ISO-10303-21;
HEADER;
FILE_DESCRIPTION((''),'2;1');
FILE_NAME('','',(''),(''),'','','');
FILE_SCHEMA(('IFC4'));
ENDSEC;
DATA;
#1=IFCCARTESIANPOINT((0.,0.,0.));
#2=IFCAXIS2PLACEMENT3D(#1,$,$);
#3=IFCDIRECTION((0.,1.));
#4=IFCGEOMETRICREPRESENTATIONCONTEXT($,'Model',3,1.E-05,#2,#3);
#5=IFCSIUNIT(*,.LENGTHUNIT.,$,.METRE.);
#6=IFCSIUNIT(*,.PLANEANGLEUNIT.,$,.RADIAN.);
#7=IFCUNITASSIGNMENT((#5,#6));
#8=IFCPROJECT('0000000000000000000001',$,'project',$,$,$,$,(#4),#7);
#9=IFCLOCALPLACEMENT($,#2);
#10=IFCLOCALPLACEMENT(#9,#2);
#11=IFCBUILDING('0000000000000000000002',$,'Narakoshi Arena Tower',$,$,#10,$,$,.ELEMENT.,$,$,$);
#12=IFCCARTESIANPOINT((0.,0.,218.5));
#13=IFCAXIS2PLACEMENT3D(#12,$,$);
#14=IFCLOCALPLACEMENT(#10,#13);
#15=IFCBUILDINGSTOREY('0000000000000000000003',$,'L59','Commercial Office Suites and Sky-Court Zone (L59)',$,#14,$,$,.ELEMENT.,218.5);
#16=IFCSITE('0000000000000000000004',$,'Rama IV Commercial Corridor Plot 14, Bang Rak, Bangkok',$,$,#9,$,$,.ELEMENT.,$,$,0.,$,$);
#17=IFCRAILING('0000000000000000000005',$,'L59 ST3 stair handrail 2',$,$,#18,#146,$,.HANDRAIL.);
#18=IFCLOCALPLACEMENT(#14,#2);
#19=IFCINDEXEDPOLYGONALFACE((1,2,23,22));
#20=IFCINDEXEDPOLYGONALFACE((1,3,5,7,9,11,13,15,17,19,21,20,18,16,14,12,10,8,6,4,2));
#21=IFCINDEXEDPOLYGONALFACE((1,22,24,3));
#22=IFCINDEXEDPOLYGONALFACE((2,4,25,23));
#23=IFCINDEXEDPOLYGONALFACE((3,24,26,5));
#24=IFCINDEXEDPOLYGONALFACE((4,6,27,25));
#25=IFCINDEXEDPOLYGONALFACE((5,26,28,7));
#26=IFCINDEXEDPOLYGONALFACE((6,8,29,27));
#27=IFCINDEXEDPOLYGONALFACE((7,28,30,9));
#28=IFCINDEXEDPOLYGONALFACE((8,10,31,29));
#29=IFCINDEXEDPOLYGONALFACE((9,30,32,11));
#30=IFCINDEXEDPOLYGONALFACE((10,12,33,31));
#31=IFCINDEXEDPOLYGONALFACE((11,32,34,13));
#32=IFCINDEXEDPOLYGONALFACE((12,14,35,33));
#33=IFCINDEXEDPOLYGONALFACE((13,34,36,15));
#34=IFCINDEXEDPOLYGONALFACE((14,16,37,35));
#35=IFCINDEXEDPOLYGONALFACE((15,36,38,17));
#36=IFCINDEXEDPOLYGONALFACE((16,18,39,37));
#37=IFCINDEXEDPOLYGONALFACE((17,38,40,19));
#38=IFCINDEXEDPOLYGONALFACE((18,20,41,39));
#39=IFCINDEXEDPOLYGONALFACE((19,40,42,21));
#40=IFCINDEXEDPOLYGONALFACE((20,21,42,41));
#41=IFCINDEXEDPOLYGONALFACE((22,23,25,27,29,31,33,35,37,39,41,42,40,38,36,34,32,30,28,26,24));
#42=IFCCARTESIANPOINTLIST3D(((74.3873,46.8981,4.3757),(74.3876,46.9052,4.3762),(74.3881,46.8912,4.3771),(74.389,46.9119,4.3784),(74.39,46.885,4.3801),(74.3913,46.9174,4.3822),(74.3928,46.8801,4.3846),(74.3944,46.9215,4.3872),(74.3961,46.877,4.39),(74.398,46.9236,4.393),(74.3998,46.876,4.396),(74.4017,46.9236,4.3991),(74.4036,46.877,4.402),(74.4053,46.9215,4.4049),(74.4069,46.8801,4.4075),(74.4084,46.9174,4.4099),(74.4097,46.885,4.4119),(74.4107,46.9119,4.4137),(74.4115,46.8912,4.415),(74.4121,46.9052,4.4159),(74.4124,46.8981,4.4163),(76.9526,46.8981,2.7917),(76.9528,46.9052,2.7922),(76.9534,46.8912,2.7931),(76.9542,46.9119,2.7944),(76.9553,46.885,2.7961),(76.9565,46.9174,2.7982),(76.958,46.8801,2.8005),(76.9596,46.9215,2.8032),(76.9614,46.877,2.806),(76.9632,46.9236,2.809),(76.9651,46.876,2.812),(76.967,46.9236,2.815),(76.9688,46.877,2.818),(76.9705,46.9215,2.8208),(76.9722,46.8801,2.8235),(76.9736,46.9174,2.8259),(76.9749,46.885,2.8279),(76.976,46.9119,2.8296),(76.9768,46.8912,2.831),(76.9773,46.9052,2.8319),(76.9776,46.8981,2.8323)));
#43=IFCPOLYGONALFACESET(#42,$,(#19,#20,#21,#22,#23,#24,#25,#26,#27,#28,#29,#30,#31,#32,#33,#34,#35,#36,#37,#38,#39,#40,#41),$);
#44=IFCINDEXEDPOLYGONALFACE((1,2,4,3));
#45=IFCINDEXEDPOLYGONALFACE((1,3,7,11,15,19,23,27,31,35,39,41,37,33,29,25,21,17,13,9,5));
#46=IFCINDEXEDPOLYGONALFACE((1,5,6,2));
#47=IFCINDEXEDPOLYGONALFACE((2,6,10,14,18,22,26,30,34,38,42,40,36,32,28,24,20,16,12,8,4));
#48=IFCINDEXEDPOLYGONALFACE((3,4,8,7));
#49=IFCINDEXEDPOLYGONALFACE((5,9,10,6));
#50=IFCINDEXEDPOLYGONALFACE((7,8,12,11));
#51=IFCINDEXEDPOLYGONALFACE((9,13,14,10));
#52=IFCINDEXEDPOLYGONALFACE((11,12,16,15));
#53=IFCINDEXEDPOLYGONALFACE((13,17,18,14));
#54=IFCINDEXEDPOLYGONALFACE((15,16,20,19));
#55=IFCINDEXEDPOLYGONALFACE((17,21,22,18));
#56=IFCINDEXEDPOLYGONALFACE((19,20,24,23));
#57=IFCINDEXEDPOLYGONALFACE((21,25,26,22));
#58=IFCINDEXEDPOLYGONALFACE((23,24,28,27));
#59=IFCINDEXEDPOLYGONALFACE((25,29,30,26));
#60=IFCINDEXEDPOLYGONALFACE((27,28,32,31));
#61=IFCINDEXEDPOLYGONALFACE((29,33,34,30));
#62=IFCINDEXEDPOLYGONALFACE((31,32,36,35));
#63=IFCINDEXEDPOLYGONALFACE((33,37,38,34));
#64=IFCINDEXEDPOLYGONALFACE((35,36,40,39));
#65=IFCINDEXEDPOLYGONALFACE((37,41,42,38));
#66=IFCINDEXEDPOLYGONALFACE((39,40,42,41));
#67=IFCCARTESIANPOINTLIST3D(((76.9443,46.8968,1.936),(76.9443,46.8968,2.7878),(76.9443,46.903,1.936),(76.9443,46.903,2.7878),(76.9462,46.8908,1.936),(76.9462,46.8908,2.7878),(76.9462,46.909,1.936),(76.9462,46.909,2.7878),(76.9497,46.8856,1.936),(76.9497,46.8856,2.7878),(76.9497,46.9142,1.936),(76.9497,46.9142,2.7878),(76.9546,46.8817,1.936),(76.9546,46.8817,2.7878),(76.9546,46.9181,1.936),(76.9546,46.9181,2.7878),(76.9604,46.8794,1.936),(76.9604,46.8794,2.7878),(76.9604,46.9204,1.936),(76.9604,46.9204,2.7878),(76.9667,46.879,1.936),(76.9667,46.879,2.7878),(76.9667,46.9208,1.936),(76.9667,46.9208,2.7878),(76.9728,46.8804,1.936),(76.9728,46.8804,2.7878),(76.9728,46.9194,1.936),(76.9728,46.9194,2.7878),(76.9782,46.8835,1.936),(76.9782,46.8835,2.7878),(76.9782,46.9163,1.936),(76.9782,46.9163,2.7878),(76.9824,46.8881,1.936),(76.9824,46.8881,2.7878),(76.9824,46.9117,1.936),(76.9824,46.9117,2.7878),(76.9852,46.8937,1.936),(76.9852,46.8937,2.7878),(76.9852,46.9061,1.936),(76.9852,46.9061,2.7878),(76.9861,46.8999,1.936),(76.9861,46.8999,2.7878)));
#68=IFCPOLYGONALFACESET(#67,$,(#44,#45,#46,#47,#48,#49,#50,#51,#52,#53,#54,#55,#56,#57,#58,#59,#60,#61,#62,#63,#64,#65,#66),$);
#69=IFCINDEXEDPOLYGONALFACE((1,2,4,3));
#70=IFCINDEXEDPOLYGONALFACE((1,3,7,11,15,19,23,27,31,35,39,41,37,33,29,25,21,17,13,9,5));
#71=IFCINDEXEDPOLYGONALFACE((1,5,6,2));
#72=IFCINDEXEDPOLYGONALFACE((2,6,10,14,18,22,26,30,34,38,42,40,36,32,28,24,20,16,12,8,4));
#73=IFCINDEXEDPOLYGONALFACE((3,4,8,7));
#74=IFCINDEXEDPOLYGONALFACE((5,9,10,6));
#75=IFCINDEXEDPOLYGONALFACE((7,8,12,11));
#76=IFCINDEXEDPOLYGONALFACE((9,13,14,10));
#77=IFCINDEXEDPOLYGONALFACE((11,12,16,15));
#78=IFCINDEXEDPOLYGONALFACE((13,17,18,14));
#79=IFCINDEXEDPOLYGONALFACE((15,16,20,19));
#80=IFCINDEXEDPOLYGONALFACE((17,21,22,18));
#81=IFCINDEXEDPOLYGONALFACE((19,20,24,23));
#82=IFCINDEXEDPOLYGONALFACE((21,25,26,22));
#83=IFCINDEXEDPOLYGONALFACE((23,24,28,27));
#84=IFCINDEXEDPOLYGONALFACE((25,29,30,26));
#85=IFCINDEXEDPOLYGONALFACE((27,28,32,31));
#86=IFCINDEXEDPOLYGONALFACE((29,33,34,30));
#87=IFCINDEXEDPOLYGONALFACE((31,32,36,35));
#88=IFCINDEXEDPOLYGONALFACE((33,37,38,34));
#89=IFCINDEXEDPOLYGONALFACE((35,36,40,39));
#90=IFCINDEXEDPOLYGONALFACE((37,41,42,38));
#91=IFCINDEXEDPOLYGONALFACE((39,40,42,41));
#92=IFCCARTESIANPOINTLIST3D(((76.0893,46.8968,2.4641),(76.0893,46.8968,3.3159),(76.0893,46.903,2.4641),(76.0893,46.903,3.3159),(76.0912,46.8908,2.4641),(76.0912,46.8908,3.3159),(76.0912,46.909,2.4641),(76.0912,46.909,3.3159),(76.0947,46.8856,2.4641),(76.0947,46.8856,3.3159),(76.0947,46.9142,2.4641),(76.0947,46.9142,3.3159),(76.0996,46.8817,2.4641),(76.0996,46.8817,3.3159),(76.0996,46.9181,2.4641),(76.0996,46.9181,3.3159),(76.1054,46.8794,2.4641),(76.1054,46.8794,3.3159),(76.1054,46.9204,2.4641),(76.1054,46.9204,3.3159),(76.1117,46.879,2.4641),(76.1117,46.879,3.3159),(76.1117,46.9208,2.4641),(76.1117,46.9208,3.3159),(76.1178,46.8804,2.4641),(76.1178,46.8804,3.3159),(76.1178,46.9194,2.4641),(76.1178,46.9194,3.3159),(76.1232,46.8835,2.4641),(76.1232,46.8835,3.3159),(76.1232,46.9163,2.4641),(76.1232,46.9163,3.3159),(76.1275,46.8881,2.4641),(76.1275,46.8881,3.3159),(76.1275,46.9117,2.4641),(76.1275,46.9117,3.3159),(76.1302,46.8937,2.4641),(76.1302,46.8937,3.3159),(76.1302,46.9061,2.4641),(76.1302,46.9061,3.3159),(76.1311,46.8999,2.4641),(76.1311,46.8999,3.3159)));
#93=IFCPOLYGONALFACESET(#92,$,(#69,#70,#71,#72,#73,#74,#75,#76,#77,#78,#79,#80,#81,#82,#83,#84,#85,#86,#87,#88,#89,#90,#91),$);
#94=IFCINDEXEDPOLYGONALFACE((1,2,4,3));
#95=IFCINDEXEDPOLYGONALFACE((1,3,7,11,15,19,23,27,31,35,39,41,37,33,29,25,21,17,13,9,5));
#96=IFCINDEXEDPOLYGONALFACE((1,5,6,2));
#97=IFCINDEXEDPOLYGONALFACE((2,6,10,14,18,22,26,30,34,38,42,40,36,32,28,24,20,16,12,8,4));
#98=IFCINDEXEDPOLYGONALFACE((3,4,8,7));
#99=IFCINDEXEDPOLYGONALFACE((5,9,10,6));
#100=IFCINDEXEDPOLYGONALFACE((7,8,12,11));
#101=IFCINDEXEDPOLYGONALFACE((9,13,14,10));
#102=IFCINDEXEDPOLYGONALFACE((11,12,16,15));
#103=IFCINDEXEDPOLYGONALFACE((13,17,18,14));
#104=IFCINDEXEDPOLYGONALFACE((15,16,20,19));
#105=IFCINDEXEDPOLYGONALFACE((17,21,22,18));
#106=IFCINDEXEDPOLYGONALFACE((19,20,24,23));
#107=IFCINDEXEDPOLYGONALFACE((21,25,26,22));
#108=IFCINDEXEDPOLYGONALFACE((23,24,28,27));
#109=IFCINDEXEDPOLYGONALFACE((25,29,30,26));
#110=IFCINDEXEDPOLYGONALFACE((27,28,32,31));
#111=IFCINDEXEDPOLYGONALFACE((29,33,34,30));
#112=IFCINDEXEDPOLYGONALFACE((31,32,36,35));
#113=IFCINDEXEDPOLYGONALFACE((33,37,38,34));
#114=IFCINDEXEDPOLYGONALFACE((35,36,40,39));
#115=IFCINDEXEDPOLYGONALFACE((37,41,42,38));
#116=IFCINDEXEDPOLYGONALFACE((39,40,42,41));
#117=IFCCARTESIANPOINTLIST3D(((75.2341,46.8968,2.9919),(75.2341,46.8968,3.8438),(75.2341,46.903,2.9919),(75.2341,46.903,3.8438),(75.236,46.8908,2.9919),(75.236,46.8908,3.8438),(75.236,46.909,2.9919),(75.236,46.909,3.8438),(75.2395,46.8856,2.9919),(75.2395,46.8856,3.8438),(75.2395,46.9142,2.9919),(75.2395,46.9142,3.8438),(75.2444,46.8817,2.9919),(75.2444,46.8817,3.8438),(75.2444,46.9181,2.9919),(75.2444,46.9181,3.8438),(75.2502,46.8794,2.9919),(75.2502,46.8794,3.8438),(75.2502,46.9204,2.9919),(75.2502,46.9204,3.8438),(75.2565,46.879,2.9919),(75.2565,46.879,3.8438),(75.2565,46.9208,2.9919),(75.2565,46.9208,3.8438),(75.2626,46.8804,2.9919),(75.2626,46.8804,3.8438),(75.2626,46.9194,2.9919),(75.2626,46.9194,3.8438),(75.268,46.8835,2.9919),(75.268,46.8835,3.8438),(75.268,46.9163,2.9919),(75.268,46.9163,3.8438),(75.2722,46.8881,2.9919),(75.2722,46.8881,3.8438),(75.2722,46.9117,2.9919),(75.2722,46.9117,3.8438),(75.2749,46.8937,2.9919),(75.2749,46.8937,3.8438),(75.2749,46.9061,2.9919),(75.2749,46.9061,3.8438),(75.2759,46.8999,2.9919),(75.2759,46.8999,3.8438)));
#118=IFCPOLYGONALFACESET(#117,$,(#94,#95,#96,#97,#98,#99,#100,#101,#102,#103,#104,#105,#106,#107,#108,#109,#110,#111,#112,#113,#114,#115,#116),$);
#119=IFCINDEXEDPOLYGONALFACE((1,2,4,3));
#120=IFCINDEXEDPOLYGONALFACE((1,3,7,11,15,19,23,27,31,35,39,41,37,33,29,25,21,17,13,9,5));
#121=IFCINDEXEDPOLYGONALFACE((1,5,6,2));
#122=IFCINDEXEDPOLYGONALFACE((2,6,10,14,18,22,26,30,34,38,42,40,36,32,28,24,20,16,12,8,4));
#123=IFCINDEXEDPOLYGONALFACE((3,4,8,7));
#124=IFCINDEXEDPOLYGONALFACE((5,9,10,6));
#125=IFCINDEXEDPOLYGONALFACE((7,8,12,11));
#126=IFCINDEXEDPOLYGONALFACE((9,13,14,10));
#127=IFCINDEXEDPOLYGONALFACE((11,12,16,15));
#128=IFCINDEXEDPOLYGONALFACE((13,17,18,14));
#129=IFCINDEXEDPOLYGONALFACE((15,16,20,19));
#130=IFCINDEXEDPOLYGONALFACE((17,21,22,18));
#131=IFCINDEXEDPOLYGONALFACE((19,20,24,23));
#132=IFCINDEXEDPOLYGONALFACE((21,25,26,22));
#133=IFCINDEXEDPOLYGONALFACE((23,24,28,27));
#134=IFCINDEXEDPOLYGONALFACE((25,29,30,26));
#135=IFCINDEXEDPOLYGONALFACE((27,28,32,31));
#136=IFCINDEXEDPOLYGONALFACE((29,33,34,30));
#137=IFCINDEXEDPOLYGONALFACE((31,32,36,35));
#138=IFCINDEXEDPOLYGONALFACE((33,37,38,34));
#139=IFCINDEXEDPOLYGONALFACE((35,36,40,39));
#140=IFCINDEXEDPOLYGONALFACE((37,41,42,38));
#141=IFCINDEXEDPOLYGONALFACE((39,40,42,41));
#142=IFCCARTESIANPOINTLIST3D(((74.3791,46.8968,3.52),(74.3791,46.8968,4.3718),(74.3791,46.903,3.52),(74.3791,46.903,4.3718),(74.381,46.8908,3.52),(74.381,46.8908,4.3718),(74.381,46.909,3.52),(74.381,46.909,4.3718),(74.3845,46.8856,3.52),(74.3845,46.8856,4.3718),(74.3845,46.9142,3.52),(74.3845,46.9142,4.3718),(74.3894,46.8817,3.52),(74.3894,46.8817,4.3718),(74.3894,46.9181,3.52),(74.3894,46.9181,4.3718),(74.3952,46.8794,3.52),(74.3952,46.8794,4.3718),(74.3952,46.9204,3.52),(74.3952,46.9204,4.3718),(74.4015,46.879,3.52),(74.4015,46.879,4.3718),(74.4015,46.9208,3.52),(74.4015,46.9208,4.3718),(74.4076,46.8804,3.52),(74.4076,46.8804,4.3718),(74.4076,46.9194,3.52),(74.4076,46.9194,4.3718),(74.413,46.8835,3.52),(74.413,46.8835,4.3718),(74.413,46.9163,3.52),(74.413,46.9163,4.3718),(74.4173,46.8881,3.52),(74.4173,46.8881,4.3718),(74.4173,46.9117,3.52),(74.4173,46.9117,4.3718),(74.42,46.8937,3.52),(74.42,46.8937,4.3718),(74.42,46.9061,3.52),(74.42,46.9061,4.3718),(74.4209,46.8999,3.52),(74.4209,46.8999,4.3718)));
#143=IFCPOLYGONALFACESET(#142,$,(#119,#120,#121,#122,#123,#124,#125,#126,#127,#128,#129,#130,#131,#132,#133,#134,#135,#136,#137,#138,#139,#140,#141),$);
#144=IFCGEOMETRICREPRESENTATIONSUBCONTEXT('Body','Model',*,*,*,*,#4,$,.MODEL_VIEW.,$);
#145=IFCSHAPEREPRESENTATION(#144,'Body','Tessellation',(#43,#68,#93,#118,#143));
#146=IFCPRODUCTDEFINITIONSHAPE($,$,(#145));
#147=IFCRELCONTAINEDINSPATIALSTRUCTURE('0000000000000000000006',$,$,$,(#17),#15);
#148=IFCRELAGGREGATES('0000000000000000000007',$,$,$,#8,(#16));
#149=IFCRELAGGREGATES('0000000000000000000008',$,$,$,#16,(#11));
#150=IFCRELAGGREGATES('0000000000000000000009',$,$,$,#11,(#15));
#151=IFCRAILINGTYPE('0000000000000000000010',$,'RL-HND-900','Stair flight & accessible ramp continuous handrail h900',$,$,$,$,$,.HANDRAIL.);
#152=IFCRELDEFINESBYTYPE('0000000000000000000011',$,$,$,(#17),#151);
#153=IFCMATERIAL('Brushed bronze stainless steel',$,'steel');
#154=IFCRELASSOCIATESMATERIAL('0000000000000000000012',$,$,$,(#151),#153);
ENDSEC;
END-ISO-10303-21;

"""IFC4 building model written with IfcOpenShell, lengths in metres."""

from ifc_helpers import new_model, si_unit, direction, frame, origin, origin_2d, place, context, subcontext, project, spatial, circle, extrude, material, type_object, element, save


model = new_model("IFC4")

# Units and contexts
model_context = context("Model", 3, precision=1e-05, world=origin(), true_north=direction((0.0, 1.0)))
body_context = subcontext(model_context, "Body", "Model", "MODEL_VIEW")
ifc_project = project(units=[si_unit("LENGTHUNIT", "METRE"), si_unit("PLANEANGLEUNIT", "RADIAN")], contexts=[model_context])

# Site, building, storey
site_placement = place(None, origin())
site = spatial("IfcSite", under=ifc_project, at=site_placement, Name="Rama IV Commercial Corridor Plot 14, Bang Rak, Bangkok", CompositionType="ELEMENT", RefElevation=0.0)
building_placement = place(site_placement, origin())
building = spatial("IfcBuilding", under=site, at=building_placement, Name="Narakoshi Arena Tower", CompositionType="ELEMENT")
storey_placement = place(building_placement, frame((0.0, 0.0, 218.5)))
storey = spatial("IfcBuildingStorey", under=building, at=storey_placement, Name="L59", Description="Commercial Office Suites and Sky-Court Zone (L59)", CompositionType="ELEMENT", Elevation=218.5)

# Railing
ifc_material_1 = material(Name="Brushed bronze stainless steel", Category="steel")
railing_type_1 = type_object("IfcRailingType", Name="RL-HND-900", Description="Stair flight & accessible ramp continuous handrail h900", PredefinedType="HANDRAIL", material=ifc_material_1)
railing_1_placement = place(storey_placement, frame((76.9651, 46.8999, 1.936)))
element("IfcRailing", 1, at=railing_1_placement, inside=storey, type_object=railing_type_1, Name="L59 ST3 stair handrail 2", PredefinedType="HANDRAIL", context=body_context, shape_type="SweptSolid", body=[
    extrude(circle(Radius=0.0239, at=origin_2d()), frame((0.0, 0.0, 0.876), z_axis=(-0.850857, 0.0, 0.525398), x_axis=(0.0, -1.0, 0.0)), (0.0, 0.0, 1.0), 3.0149),
    extrude(circle(Radius=0.021, at=origin_2d()), origin(), (0.0, 0.0, 1.0), 0.8518),
    extrude(circle(Radius=0.021, at=origin_2d()), frame((-0.855, 0.0, 0.5281)), (0.0, 0.0, 1.0), 0.8518),
    extrude(circle(Radius=0.021, at=origin_2d()), frame((-1.7102, 0.0, 1.0559)), (0.0, 0.0, 1.0), 0.8518),
    extrude(circle(Radius=0.021, at=origin_2d()), frame((-2.5652, 0.0, 1.584)), (0.0, 0.0, 1.0), 0.8518),
])

save(model, "model.ifc")
